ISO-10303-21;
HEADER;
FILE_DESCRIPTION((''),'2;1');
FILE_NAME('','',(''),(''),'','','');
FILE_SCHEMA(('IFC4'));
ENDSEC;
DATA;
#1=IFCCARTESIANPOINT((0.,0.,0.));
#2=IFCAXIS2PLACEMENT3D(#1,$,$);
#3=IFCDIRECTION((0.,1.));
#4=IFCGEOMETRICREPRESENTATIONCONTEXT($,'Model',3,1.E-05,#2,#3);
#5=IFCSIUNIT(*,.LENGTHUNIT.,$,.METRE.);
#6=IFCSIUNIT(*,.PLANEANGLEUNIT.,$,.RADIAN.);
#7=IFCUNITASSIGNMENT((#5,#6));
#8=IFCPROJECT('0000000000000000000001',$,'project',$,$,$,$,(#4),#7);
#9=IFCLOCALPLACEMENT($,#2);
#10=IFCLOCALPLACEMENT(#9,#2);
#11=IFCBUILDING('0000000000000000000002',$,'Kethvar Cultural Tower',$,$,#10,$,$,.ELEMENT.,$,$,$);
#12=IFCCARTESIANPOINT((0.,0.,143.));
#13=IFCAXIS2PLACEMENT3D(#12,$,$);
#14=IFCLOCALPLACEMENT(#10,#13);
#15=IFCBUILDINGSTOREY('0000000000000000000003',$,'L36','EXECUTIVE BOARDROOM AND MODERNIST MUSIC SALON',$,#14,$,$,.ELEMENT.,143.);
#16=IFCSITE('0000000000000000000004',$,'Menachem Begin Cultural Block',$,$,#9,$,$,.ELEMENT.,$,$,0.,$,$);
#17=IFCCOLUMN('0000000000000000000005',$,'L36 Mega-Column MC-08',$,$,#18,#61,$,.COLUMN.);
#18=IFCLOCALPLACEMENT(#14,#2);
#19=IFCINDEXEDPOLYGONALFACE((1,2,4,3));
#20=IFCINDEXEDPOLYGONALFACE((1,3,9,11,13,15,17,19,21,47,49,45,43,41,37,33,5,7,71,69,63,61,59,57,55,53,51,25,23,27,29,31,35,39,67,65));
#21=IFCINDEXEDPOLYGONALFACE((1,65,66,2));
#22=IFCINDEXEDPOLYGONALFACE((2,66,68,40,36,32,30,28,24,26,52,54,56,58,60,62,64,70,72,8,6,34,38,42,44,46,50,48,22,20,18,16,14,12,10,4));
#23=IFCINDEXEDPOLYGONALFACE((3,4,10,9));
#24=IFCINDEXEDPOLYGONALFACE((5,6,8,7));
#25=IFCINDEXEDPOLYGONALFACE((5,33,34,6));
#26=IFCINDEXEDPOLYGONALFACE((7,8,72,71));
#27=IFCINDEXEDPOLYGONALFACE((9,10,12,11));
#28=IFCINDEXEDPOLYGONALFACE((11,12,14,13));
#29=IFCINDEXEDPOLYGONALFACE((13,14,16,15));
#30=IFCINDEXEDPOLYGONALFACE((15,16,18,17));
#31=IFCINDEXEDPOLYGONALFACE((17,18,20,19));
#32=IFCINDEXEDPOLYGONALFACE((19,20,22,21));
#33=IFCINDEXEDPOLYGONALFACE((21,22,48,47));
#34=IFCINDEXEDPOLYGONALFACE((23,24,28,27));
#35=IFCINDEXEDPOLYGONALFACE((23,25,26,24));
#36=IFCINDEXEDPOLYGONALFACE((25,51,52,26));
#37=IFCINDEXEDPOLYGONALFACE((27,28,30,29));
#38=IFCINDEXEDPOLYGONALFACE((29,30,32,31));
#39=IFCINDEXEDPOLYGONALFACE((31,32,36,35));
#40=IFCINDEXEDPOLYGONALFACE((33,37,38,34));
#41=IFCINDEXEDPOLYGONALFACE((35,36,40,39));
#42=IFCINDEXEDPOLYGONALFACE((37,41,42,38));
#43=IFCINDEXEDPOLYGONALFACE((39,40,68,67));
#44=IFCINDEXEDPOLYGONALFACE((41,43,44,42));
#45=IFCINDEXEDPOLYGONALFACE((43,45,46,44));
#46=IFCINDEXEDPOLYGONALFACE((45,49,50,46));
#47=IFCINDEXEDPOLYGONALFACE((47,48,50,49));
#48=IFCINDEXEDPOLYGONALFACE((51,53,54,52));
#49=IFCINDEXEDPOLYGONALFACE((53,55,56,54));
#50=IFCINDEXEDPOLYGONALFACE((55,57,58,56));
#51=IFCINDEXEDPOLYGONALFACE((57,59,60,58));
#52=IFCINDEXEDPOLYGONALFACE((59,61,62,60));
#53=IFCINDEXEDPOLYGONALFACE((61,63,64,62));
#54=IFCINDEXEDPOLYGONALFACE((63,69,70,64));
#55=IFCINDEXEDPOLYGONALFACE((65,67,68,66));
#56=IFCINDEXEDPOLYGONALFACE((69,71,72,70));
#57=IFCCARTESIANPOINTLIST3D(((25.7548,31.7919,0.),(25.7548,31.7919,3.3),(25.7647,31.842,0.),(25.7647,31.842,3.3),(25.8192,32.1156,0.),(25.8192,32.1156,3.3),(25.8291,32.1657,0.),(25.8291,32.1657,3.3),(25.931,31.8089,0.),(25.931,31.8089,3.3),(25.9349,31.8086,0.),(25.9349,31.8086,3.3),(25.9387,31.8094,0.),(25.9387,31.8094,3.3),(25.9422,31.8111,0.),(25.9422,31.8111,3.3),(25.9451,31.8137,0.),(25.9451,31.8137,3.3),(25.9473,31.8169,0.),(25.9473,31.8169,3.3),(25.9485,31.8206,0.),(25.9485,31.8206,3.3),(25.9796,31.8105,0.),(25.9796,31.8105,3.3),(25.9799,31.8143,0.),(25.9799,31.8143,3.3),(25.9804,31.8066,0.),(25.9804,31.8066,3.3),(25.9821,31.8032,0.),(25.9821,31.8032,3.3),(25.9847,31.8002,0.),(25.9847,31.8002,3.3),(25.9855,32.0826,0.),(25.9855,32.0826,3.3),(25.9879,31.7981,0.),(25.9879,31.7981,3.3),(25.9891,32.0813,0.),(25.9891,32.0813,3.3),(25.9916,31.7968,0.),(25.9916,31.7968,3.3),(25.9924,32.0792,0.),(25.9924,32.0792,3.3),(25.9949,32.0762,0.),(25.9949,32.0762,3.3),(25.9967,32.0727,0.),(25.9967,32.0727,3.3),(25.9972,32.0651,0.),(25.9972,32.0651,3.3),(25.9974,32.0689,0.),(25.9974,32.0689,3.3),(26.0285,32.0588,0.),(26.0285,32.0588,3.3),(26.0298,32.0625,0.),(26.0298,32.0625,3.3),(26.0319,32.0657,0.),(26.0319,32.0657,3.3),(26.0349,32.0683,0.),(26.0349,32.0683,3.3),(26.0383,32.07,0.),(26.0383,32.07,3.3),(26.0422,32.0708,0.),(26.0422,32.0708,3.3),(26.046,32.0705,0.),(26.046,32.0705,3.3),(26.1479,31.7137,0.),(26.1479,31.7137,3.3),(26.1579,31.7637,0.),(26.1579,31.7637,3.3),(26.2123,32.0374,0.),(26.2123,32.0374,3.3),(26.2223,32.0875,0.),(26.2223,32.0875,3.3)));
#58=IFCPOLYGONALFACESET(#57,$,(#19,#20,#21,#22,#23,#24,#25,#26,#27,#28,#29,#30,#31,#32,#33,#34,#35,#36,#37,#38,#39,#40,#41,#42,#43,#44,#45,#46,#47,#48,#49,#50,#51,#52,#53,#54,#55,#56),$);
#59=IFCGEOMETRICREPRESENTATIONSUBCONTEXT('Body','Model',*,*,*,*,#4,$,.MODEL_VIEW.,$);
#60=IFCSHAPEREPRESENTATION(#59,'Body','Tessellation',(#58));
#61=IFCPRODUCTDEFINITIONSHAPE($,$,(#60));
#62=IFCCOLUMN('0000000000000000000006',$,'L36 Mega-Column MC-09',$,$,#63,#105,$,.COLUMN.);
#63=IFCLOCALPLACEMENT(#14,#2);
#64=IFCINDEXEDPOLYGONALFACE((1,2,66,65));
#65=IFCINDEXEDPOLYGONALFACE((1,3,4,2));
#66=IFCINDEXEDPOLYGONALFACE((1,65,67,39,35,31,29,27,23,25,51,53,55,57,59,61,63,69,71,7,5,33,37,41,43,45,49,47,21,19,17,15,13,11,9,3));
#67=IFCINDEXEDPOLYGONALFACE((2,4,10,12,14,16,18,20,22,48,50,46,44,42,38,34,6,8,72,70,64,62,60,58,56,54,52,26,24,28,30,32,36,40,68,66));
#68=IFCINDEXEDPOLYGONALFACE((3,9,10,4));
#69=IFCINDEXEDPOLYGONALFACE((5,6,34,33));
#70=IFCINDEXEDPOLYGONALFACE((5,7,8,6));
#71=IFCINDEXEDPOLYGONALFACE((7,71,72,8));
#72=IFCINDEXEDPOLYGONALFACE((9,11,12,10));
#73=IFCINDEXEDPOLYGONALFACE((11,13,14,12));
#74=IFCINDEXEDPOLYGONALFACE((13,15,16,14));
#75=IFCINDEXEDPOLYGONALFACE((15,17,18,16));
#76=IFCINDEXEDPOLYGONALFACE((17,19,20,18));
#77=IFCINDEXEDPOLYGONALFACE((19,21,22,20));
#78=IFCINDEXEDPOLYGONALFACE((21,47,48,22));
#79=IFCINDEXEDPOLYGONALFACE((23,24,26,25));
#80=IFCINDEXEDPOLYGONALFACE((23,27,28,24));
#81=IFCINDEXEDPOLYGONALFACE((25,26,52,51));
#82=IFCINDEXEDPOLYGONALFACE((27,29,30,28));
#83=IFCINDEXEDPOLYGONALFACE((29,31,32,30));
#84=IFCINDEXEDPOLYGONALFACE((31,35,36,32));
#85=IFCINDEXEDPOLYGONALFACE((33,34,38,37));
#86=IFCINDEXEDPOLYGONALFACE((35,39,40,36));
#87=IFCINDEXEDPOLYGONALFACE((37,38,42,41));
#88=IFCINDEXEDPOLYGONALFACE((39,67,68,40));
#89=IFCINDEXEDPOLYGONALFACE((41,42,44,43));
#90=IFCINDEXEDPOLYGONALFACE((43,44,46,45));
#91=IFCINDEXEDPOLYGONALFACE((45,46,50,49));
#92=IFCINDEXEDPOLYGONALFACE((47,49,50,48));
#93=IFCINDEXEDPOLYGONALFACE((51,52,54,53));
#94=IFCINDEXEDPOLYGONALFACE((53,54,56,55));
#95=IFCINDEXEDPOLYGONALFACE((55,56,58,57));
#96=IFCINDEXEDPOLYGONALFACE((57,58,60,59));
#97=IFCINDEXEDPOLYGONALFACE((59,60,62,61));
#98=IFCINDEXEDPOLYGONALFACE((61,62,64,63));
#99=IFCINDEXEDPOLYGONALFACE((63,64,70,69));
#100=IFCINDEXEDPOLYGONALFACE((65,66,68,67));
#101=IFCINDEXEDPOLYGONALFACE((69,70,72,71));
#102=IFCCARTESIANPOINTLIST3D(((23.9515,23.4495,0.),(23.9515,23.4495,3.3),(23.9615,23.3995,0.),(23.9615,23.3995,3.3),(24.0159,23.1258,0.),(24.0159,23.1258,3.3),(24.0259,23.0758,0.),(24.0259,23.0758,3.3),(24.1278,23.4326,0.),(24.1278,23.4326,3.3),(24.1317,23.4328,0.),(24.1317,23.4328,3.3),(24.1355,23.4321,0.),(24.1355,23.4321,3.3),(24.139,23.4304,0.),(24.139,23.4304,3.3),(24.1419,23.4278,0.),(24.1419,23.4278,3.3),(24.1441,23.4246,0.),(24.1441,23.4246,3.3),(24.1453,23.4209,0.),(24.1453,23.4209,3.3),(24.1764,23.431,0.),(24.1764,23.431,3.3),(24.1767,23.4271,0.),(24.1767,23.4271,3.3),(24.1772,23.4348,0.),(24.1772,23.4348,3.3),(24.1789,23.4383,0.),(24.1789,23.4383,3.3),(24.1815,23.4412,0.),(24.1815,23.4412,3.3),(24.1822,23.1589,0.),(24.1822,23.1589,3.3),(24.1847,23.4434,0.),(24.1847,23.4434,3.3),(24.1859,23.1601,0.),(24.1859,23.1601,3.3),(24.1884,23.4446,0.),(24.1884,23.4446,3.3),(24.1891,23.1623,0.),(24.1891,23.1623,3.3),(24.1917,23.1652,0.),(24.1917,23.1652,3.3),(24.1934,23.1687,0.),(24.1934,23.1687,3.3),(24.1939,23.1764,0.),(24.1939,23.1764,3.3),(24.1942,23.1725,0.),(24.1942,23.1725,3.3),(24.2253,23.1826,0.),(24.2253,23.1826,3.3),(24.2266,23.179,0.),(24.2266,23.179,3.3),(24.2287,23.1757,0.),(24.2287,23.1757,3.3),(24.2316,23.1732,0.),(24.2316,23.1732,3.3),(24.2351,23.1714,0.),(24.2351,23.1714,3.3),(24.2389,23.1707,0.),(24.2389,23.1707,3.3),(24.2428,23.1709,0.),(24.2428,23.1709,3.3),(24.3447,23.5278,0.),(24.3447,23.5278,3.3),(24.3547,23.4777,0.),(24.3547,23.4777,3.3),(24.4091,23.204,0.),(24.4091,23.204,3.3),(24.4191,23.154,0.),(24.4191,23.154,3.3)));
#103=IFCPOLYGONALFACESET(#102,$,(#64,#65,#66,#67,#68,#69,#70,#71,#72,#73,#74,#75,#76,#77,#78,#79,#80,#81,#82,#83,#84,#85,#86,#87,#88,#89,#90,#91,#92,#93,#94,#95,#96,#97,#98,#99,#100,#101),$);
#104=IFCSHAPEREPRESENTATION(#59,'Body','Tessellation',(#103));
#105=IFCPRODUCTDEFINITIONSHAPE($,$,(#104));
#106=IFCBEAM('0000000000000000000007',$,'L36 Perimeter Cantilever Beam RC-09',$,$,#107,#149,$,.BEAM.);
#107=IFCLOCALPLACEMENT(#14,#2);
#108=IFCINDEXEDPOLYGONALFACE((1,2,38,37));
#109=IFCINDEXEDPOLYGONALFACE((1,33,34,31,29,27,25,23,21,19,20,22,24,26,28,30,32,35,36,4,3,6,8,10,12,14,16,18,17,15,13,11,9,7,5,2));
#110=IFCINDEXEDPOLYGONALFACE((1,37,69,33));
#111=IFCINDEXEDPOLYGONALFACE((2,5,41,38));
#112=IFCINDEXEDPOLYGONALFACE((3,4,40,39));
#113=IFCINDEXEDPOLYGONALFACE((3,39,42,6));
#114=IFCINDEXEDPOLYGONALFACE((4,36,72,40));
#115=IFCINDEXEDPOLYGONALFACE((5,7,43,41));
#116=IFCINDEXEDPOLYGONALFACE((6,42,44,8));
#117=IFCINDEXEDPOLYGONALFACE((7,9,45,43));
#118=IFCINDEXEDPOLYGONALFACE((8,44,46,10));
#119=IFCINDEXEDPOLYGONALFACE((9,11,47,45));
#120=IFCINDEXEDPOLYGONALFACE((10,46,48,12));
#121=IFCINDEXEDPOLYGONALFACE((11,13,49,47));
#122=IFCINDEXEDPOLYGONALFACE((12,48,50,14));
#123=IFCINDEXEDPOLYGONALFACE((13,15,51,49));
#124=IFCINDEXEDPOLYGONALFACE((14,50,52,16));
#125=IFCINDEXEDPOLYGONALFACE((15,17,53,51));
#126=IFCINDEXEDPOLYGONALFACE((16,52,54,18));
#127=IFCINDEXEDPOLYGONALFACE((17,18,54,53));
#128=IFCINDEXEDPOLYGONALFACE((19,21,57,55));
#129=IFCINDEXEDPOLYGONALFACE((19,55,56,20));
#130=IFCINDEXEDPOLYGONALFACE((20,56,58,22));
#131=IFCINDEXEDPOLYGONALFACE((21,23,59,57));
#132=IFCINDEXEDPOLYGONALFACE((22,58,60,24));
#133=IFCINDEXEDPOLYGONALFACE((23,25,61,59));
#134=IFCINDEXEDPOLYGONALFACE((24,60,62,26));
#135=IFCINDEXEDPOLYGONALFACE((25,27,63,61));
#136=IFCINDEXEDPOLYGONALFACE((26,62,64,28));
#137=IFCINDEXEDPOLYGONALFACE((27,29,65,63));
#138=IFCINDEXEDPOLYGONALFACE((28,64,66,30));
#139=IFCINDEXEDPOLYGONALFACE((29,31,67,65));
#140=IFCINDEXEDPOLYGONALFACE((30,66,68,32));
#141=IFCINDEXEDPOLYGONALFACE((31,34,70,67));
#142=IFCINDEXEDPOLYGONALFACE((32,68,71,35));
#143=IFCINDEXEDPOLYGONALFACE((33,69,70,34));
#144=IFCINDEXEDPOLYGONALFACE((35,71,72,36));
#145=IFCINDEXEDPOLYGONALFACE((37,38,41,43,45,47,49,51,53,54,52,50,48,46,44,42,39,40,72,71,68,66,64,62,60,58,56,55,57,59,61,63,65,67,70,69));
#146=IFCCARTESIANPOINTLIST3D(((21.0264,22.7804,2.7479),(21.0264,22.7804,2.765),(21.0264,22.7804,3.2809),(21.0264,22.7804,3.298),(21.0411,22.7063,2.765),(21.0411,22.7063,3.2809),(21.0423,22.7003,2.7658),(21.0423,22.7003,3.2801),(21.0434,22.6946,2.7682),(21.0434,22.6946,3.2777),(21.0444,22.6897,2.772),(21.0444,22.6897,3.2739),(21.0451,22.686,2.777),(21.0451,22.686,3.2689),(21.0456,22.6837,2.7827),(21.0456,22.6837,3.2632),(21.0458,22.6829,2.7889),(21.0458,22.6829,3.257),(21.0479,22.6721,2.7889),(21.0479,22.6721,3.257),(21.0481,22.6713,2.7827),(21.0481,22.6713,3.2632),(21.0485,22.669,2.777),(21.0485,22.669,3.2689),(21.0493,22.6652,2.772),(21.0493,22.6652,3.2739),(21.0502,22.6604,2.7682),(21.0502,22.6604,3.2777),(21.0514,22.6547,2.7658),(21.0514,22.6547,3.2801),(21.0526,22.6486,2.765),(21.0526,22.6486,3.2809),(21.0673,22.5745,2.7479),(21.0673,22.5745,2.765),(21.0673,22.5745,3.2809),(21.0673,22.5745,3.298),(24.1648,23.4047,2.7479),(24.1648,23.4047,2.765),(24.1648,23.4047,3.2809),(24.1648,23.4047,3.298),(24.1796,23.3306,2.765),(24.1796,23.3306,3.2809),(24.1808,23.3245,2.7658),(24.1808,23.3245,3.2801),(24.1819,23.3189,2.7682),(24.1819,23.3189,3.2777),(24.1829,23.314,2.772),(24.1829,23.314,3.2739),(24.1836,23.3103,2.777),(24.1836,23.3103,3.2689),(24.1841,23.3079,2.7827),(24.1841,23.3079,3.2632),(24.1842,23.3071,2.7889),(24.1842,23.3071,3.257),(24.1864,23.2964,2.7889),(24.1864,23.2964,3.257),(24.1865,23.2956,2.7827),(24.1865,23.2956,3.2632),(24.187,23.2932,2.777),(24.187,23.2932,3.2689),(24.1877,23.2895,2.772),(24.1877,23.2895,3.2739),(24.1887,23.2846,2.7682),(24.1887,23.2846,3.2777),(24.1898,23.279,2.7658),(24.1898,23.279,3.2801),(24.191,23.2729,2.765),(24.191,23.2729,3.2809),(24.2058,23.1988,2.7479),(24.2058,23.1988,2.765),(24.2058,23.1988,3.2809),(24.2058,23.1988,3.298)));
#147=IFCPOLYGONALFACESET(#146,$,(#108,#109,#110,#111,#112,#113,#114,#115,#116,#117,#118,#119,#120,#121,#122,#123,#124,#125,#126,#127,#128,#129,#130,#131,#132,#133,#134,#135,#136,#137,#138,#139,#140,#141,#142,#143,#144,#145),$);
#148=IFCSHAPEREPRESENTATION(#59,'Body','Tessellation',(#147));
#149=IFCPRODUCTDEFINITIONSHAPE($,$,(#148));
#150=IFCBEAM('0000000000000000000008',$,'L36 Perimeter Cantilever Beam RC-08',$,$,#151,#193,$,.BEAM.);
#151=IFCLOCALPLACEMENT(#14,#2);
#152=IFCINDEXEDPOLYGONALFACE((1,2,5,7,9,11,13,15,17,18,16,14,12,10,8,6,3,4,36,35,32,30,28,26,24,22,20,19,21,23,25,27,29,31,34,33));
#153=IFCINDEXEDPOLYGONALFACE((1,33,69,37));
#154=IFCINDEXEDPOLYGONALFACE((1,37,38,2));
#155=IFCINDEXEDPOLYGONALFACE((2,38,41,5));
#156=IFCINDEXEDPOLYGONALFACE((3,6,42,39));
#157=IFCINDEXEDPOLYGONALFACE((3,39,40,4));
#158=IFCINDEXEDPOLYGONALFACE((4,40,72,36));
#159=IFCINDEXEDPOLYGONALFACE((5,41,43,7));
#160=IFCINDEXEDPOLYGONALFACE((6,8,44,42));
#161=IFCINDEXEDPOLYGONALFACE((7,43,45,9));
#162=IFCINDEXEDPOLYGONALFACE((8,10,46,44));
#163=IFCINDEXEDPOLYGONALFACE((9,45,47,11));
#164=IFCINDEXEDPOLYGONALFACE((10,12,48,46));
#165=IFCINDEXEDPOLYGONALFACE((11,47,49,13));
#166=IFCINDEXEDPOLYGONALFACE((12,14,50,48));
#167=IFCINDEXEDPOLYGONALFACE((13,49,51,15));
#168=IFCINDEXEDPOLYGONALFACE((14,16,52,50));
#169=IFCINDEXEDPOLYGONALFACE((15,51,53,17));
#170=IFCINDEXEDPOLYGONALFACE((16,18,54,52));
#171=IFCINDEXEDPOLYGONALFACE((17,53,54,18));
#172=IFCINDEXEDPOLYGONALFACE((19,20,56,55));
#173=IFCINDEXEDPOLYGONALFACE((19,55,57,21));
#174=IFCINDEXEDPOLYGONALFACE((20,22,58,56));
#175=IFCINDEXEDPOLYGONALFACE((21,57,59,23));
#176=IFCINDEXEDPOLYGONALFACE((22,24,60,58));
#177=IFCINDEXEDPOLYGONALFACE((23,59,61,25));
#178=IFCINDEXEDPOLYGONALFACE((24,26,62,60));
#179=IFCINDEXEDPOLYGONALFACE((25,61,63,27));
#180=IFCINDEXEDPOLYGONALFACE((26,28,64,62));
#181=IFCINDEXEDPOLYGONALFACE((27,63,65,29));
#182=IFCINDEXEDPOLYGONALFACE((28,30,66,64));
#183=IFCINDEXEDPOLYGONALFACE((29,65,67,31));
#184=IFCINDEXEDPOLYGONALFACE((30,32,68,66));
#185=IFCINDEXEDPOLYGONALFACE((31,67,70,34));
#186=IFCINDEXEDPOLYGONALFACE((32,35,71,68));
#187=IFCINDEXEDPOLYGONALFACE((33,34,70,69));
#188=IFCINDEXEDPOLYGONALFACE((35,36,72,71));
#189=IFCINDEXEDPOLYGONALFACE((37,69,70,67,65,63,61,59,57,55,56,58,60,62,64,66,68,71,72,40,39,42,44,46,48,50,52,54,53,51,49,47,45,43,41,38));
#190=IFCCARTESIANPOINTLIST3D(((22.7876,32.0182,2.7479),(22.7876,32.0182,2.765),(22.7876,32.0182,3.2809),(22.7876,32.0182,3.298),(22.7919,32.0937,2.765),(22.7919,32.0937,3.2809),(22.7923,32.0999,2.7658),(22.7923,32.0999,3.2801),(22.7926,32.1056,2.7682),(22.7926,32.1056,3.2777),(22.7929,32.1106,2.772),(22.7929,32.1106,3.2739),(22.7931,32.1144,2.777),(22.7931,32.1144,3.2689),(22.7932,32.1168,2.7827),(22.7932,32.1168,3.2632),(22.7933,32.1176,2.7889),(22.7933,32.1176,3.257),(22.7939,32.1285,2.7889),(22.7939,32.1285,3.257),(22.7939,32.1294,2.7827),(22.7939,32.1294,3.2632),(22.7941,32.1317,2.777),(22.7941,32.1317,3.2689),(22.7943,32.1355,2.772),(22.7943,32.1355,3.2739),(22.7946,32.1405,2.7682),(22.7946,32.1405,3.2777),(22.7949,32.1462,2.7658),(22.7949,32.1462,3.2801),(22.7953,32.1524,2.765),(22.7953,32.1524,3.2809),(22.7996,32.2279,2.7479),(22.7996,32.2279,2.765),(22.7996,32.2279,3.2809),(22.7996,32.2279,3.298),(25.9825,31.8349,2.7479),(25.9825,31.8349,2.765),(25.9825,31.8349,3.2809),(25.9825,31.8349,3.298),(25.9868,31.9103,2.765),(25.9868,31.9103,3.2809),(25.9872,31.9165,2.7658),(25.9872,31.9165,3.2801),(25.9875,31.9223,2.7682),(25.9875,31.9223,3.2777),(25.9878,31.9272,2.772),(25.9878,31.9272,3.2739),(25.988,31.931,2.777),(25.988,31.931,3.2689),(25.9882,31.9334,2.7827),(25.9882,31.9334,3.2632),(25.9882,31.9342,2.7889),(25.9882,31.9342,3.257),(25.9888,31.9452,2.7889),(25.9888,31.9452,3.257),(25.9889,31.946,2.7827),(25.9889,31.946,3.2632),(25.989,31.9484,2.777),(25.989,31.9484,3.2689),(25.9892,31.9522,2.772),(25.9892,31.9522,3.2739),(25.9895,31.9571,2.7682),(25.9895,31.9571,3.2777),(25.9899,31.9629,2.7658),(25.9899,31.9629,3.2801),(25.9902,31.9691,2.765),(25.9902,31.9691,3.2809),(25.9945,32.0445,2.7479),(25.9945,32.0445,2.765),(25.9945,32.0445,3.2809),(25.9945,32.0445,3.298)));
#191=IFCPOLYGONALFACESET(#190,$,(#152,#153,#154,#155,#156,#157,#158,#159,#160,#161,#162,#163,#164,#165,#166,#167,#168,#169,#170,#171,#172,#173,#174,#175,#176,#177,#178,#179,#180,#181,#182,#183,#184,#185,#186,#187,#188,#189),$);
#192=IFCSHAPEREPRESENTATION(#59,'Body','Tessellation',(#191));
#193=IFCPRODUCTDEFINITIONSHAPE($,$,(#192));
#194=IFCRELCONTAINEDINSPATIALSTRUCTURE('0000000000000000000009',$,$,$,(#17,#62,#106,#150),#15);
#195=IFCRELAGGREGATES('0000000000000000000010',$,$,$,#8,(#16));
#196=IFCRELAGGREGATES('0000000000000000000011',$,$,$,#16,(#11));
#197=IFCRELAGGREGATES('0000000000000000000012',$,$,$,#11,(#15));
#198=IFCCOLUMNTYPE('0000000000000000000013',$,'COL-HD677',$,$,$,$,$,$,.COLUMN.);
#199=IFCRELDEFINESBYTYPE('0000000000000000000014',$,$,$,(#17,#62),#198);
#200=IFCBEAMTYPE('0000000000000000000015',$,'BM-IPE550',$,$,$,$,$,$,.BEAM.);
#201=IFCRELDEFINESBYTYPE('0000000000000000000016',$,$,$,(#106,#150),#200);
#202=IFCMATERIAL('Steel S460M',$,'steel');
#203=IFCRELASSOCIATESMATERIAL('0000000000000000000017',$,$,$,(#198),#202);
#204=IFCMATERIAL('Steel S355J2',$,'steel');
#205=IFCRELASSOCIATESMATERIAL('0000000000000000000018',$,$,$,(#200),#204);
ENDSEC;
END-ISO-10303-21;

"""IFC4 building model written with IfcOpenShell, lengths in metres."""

from ifc_helpers import new_model, si_unit, direction, frame, origin, origin_2d, place, context, subcontext, project, spatial, i_section, extrude, source, transform, mapped, material, material_profile, profile_set, type_object, element, save


model = new_model("IFC4")

# Units and contexts
model_context = context("Model", 3, precision=1e-05, world=origin(), true_north=direction((0.0, 1.0)))
body_context = subcontext(model_context, "Body", "Model", "MODEL_VIEW")
ifc_project = project(units=[si_unit("LENGTHUNIT", "METRE"), si_unit("PLANEANGLEUNIT", "RADIAN")], contexts=[model_context])

# Site, building, storey
site_placement = place(None, origin())
site = spatial("IfcSite", under=ifc_project, at=site_placement, Name="Menachem Begin Cultural Block", CompositionType="ELEMENT", RefElevation=0.0)
building_placement = place(site_placement, origin())
building = spatial("IfcBuilding", under=site, at=building_placement, Name="Kethvar Cultural Tower", CompositionType="ELEMENT")
storey_placement = place(building_placement, frame((0.0, 0.0, 143.0)))
storey = spatial("IfcBuildingStorey", under=building, at=storey_placement, Name="L36", Description="EXECUTIVE BOARDROOM AND MODERNIST MUSIC SALON", CompositionType="ELEMENT", Elevation=143.0)

# Columns
ifc_material_1 = material(Name="Steel S460M", Category="steel")
ifc_material_profile_1 = material_profile(ifc_material_1, i_section(OverallWidth=0.4009, OverallDepth=0.3811, WebThickness=0.032, FlangeThickness=0.051, FilletRadius=0.0149, at=origin_2d()), Name="Steel S460M — HD400x677")
ifc_profile_set_1 = profile_set([ifc_material_profile_1], Name="Steel S460M — HD400x677")
column_type = type_object("IfcColumnType", Name="COL-HD677", PredefinedType="COLUMN", material=ifc_profile_set_1)
shared_shape_1 = source(origin(), body_context, "Body", "SweptSolid", [
    extrude(i_section(OverallWidth=0.4009, OverallDepth=0.3811, WebThickness=0.032, FlangeThickness=0.051, FilletRadius=0.0149, at=origin_2d()), origin(), (0.0, 0.0, 1.0), 3.3),
])
for number, where, z_axis, x_axis, name in (
    (1, (25.9885, 31.9397, 0.0), (0.0, 0.0, 1.0), (-0.980785, 0.19509, 0.0), "L36 Mega-Column MC-08"),
    (2, (24.1853, 23.3018, 0.0), (0.0, 0.0, 1.0), (-0.980785, -0.19509, 0.0), "L36 Mega-Column MC-09"),
):
    element("IfcColumn", number, at=place(storey_placement, frame(where, z_axis=z_axis, x_axis=x_axis)), inside=storey, type_object=column_type, Name=name, PredefinedType="COLUMN", context=body_context, shape_type="MappedRepresentation", body=[
        mapped(shared_shape_1, transform((0.0, 0.0, 0.0), scale=1.0)),
    ])

# Beams
ifc_material_2 = material(Name="Steel S355J2", Category="steel")
ifc_material_profile_2 = material_profile(ifc_material_2, i_section(OverallWidth=0.21, OverallDepth=0.55, WebThickness=0.011, FlangeThickness=0.0171, FilletRadius=0.0239, at=origin_2d()), Name="Steel S355J2 — IPE550")
ifc_profile_set_2 = profile_set([ifc_material_profile_2], Name="Steel S355J2 — IPE550")
beam_type_1 = type_object("IfcBeamType", Name="BM-IPE550", PredefinedType="BEAM", material=ifc_profile_set_2)
shared_shape_2 = source(origin(), body_context, "Body", "SweptSolid", [
    extrude(i_section(OverallWidth=0.21, OverallDepth=0.55, WebThickness=0.011, FlangeThickness=0.0171, FilletRadius=0.0239, at=origin_2d()), origin(), (0.0, 0.0, 1.0), 3.2),
])
beam_1_placement = place(storey_placement, frame((24.1853, 23.3018, 3.0229), z_axis=(-0.980786, -0.195089, 0.0), x_axis=(0.195089, -0.980786, 0.0)))
element("IfcBeam", 3, at=beam_1_placement, inside=storey, type_object=beam_type_1, Name="L36 Perimeter Cantilever Beam RC-09", PredefinedType="BEAM", context=body_context, shape_type="MappedRepresentation", body=[
    mapped(shared_shape_2, transform((0.0, 0.0, 0.0), scale=1.0)),
])
shared_shape_3 = source(origin(), body_context, "Body", "SweptSolid", [
    extrude(i_section(OverallWidth=0.21, OverallDepth=0.55, WebThickness=0.011, FlangeThickness=0.0171, FilletRadius=0.0239, at=origin_2d()), origin(), (0.0, 0.0, 1.0), 3.2002),
])
beam_2_placement = place(storey_placement, frame((25.9885, 31.9397, 3.0229), z_axis=(-0.998357, 0.057295, 0.0), x_axis=(-0.057295, -0.998357, 0.0)))
element("IfcBeam", 4, at=beam_2_placement, inside=storey, type_object=beam_type_1, Name="L36 Perimeter Cantilever Beam RC-08", PredefinedType="BEAM", context=body_context, shape_type="MappedRepresentation", body=[
    mapped(shared_shape_3, transform((0.0, 0.0, 0.0), scale=1.0)),
])

save(model, "model.ifc")
